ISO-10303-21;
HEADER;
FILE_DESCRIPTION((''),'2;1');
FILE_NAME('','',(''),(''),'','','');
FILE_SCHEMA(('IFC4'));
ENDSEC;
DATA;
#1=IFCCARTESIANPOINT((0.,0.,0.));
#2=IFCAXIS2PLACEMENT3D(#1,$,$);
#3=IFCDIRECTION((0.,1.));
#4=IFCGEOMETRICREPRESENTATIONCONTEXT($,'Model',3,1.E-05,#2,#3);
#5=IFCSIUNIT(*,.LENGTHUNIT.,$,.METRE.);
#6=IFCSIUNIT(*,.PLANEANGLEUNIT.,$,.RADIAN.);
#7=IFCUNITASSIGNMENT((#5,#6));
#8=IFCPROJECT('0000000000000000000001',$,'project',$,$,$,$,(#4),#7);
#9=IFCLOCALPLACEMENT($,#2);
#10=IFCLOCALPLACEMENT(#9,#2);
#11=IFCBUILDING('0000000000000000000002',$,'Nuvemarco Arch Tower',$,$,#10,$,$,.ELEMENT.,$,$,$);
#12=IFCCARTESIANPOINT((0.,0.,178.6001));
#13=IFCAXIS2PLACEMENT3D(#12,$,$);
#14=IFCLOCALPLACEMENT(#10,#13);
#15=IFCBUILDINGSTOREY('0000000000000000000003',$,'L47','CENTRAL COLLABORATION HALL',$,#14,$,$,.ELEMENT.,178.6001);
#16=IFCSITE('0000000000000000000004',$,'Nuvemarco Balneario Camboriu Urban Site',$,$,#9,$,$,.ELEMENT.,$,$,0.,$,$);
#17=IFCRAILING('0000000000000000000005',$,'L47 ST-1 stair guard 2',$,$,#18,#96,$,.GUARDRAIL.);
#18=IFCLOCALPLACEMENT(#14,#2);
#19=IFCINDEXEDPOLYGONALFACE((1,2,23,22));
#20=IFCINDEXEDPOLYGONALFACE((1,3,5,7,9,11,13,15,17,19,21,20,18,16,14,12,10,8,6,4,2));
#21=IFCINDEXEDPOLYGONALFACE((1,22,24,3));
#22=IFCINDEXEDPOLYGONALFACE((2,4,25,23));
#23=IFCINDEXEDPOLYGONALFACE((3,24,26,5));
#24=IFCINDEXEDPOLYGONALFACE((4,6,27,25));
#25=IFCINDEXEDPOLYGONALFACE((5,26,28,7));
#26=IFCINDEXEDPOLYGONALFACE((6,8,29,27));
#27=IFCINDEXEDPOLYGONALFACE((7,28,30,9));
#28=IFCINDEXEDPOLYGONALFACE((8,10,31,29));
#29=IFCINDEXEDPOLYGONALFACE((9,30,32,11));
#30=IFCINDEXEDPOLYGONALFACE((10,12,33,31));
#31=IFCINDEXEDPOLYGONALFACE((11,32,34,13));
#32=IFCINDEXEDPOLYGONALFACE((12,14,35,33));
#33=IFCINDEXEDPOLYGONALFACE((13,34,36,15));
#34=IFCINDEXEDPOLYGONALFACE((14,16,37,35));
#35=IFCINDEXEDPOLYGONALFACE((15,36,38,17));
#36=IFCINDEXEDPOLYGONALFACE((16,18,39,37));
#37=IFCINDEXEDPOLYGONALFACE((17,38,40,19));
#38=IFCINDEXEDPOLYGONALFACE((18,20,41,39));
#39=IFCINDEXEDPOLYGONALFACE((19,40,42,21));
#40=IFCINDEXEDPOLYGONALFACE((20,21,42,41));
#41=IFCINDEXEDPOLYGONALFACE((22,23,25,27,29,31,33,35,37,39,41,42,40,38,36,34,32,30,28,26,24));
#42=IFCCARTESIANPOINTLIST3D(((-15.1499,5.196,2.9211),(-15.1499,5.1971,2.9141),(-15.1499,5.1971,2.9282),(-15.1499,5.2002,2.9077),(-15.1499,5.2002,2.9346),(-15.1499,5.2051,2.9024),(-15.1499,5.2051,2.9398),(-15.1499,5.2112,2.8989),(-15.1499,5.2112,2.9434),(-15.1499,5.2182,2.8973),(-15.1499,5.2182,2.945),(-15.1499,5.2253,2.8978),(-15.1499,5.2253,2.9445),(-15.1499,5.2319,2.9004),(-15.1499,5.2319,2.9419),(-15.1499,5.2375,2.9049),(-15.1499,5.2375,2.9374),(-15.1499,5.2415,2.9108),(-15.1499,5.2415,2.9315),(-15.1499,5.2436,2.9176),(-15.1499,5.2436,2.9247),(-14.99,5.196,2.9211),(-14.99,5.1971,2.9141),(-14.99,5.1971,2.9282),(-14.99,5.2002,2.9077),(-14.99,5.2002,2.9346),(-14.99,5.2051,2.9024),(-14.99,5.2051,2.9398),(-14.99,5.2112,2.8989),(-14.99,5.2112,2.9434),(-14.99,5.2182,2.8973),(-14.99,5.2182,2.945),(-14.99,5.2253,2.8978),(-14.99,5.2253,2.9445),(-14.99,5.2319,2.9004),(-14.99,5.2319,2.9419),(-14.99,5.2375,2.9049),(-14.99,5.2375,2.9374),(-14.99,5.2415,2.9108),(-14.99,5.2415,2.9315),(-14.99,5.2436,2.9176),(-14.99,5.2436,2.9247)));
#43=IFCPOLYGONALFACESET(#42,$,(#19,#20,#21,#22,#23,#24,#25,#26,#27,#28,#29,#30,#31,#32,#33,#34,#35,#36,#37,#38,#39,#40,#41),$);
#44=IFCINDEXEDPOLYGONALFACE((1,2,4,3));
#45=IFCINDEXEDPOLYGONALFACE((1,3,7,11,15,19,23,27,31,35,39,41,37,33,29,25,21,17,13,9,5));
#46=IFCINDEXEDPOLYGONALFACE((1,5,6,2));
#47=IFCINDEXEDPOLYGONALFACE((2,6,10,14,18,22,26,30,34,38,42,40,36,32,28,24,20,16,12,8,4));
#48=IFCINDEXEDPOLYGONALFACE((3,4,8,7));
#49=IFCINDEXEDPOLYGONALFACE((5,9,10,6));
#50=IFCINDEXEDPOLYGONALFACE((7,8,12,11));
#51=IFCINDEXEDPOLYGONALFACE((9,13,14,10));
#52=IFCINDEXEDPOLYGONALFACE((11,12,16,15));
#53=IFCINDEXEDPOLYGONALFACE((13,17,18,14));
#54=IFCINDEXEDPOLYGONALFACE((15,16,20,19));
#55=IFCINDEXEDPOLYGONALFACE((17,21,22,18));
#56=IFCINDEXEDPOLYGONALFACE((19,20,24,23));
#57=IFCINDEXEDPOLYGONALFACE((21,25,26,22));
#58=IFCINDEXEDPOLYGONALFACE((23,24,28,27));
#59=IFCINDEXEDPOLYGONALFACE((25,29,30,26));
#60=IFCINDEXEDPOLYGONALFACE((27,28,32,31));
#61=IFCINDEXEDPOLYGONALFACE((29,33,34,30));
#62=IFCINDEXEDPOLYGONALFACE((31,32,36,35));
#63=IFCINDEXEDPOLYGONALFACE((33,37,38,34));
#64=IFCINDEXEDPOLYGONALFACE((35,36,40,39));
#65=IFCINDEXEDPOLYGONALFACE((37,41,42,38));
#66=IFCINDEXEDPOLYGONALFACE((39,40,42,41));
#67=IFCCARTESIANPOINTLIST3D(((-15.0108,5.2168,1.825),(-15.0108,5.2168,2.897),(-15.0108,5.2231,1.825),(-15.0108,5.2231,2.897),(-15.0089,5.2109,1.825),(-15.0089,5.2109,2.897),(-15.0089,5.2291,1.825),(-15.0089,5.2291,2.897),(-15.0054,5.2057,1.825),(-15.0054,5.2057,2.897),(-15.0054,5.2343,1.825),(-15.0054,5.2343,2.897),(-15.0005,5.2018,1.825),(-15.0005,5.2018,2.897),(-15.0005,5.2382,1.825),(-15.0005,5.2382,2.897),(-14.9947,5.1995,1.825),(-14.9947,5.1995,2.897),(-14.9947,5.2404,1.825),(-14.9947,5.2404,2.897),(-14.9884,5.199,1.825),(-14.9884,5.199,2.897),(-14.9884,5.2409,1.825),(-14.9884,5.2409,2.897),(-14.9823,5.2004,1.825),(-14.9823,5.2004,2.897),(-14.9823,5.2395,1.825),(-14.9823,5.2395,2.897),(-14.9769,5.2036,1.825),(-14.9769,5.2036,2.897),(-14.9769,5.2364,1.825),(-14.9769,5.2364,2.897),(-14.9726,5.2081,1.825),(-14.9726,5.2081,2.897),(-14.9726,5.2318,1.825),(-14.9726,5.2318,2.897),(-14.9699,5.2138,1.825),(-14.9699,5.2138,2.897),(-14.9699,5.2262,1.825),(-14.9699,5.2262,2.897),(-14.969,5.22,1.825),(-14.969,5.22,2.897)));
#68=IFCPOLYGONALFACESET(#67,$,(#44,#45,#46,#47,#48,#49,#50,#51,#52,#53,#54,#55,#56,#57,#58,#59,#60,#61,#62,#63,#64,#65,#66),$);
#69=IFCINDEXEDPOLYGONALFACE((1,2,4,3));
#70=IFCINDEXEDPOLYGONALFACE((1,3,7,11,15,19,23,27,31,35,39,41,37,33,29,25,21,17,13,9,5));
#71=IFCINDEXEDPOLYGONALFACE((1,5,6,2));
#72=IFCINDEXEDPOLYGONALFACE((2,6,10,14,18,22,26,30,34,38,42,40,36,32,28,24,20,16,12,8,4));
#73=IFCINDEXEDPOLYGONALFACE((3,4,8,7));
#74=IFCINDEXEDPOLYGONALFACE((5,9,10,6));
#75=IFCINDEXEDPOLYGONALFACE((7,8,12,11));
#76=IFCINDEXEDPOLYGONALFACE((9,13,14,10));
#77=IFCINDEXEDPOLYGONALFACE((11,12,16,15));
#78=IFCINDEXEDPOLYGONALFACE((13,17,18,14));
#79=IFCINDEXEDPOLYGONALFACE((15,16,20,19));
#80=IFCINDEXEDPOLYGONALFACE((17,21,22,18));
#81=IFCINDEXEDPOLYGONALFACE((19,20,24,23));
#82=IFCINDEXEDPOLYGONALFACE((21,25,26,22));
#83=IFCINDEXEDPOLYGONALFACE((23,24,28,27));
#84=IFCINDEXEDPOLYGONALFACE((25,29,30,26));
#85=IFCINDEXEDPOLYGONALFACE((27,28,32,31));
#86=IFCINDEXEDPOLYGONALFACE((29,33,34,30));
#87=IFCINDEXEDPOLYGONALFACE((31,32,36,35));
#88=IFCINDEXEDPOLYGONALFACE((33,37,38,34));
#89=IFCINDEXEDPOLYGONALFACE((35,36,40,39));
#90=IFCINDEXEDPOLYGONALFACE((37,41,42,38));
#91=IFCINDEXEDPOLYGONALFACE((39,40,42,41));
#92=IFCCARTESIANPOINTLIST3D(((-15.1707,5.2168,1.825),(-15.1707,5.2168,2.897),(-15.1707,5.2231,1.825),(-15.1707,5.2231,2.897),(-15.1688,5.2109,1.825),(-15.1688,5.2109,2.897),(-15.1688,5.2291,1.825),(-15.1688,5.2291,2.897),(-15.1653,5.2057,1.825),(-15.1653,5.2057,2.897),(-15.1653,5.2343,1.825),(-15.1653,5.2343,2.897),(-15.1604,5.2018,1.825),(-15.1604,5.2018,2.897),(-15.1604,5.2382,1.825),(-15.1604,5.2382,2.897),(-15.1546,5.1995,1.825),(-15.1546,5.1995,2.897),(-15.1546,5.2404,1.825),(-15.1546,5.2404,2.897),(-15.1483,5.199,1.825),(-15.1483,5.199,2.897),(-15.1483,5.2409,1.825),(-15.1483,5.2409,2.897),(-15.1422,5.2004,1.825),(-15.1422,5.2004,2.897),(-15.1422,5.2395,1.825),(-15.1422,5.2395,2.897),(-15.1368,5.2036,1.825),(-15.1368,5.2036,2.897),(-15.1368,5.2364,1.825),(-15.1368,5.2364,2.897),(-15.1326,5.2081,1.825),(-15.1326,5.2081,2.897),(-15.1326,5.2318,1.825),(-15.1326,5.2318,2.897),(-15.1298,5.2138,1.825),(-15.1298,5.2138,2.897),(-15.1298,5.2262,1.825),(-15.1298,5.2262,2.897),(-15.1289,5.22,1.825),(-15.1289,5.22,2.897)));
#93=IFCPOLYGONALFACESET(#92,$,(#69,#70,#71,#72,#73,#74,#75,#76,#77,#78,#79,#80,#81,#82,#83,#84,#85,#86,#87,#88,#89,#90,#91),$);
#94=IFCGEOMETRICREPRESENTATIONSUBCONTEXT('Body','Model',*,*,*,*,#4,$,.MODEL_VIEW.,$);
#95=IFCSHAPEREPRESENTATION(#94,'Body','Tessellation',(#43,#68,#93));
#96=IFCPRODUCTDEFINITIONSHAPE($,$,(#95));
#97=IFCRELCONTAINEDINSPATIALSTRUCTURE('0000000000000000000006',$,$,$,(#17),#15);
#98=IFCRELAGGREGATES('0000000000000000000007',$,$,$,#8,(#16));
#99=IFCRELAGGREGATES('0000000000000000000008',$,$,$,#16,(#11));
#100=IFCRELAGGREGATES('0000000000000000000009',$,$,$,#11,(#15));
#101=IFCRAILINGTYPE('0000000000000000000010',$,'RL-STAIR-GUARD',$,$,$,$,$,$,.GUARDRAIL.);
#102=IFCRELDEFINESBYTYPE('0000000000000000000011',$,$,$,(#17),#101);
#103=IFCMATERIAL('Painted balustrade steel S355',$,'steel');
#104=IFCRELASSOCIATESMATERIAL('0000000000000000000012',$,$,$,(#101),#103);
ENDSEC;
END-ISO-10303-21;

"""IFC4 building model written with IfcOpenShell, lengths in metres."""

from ifc_helpers import new_model, si_unit, direction, frame, origin, origin_2d, place, context, subcontext, project, spatial, circle, extrude, material, type_object, element, save


model = new_model("IFC4")

# Units and contexts
model_context = context("Model", 3, precision=1e-05, world=origin(), true_north=direction((0.0, 1.0)))
body_context = subcontext(model_context, "Body", "Model", "MODEL_VIEW")
ifc_project = project(units=[si_unit("LENGTHUNIT", "METRE"), si_unit("PLANEANGLEUNIT", "RADIAN")], contexts=[model_context])

# Site, building, storey
site_placement = place(None, origin())
site = spatial("IfcSite", under=ifc_project, at=site_placement, Name="Nuvemarco Balneario Camboriu Urban Site", CompositionType="ELEMENT", RefElevation=0.0)
building_placement = place(site_placement, origin())
building = spatial("IfcBuilding", under=site, at=building_placement, Name="Nuvemarco Arch Tower", CompositionType="ELEMENT")
storey_placement = place(building_placement, frame((0.0, 0.0, 178.6001)))
storey = spatial("IfcBuildingStorey", under=building, at=storey_placement, Name="L47", Description="CENTRAL COLLABORATION HALL", CompositionType="ELEMENT", Elevation=178.6001)

# Railing
ifc_material_1 = material(Name="Painted balustrade steel S355", Category="steel")
railing_type_1 = type_object("IfcRailingType", Name="RL-STAIR-GUARD", PredefinedType="GUARDRAIL", material=ifc_material_1)
railing_1_placement = place(storey_placement, frame((-14.99, 5.22, 1.825)))
element("IfcRailing", 1, at=railing_1_placement, inside=storey, type_object=railing_type_1, Name="L47 ST-1 stair guard 2", PredefinedType="GUARDRAIL", context=body_context, shape_type="SweptSolid", body=[
    extrude(circle(Radius=0.0239, at=origin_2d()), frame((0.0, 0.0, 1.0962), z_axis=(-1.0, 0.0, 0.0), x_axis=(0.0, -1.0, 0.0)), (0.0, 0.0, 1.0), 0.1599),
    extrude(circle(Radius=0.021, at=origin_2d()), origin(), (0.0, 0.0, 1.0), 1.072),
    extrude(circle(Radius=0.021, at=origin_2d()), frame((-0.1599, 0.0, 0.0)), (0.0, 0.0, 1.0), 1.072),
])

save(model, "model.ifc")
